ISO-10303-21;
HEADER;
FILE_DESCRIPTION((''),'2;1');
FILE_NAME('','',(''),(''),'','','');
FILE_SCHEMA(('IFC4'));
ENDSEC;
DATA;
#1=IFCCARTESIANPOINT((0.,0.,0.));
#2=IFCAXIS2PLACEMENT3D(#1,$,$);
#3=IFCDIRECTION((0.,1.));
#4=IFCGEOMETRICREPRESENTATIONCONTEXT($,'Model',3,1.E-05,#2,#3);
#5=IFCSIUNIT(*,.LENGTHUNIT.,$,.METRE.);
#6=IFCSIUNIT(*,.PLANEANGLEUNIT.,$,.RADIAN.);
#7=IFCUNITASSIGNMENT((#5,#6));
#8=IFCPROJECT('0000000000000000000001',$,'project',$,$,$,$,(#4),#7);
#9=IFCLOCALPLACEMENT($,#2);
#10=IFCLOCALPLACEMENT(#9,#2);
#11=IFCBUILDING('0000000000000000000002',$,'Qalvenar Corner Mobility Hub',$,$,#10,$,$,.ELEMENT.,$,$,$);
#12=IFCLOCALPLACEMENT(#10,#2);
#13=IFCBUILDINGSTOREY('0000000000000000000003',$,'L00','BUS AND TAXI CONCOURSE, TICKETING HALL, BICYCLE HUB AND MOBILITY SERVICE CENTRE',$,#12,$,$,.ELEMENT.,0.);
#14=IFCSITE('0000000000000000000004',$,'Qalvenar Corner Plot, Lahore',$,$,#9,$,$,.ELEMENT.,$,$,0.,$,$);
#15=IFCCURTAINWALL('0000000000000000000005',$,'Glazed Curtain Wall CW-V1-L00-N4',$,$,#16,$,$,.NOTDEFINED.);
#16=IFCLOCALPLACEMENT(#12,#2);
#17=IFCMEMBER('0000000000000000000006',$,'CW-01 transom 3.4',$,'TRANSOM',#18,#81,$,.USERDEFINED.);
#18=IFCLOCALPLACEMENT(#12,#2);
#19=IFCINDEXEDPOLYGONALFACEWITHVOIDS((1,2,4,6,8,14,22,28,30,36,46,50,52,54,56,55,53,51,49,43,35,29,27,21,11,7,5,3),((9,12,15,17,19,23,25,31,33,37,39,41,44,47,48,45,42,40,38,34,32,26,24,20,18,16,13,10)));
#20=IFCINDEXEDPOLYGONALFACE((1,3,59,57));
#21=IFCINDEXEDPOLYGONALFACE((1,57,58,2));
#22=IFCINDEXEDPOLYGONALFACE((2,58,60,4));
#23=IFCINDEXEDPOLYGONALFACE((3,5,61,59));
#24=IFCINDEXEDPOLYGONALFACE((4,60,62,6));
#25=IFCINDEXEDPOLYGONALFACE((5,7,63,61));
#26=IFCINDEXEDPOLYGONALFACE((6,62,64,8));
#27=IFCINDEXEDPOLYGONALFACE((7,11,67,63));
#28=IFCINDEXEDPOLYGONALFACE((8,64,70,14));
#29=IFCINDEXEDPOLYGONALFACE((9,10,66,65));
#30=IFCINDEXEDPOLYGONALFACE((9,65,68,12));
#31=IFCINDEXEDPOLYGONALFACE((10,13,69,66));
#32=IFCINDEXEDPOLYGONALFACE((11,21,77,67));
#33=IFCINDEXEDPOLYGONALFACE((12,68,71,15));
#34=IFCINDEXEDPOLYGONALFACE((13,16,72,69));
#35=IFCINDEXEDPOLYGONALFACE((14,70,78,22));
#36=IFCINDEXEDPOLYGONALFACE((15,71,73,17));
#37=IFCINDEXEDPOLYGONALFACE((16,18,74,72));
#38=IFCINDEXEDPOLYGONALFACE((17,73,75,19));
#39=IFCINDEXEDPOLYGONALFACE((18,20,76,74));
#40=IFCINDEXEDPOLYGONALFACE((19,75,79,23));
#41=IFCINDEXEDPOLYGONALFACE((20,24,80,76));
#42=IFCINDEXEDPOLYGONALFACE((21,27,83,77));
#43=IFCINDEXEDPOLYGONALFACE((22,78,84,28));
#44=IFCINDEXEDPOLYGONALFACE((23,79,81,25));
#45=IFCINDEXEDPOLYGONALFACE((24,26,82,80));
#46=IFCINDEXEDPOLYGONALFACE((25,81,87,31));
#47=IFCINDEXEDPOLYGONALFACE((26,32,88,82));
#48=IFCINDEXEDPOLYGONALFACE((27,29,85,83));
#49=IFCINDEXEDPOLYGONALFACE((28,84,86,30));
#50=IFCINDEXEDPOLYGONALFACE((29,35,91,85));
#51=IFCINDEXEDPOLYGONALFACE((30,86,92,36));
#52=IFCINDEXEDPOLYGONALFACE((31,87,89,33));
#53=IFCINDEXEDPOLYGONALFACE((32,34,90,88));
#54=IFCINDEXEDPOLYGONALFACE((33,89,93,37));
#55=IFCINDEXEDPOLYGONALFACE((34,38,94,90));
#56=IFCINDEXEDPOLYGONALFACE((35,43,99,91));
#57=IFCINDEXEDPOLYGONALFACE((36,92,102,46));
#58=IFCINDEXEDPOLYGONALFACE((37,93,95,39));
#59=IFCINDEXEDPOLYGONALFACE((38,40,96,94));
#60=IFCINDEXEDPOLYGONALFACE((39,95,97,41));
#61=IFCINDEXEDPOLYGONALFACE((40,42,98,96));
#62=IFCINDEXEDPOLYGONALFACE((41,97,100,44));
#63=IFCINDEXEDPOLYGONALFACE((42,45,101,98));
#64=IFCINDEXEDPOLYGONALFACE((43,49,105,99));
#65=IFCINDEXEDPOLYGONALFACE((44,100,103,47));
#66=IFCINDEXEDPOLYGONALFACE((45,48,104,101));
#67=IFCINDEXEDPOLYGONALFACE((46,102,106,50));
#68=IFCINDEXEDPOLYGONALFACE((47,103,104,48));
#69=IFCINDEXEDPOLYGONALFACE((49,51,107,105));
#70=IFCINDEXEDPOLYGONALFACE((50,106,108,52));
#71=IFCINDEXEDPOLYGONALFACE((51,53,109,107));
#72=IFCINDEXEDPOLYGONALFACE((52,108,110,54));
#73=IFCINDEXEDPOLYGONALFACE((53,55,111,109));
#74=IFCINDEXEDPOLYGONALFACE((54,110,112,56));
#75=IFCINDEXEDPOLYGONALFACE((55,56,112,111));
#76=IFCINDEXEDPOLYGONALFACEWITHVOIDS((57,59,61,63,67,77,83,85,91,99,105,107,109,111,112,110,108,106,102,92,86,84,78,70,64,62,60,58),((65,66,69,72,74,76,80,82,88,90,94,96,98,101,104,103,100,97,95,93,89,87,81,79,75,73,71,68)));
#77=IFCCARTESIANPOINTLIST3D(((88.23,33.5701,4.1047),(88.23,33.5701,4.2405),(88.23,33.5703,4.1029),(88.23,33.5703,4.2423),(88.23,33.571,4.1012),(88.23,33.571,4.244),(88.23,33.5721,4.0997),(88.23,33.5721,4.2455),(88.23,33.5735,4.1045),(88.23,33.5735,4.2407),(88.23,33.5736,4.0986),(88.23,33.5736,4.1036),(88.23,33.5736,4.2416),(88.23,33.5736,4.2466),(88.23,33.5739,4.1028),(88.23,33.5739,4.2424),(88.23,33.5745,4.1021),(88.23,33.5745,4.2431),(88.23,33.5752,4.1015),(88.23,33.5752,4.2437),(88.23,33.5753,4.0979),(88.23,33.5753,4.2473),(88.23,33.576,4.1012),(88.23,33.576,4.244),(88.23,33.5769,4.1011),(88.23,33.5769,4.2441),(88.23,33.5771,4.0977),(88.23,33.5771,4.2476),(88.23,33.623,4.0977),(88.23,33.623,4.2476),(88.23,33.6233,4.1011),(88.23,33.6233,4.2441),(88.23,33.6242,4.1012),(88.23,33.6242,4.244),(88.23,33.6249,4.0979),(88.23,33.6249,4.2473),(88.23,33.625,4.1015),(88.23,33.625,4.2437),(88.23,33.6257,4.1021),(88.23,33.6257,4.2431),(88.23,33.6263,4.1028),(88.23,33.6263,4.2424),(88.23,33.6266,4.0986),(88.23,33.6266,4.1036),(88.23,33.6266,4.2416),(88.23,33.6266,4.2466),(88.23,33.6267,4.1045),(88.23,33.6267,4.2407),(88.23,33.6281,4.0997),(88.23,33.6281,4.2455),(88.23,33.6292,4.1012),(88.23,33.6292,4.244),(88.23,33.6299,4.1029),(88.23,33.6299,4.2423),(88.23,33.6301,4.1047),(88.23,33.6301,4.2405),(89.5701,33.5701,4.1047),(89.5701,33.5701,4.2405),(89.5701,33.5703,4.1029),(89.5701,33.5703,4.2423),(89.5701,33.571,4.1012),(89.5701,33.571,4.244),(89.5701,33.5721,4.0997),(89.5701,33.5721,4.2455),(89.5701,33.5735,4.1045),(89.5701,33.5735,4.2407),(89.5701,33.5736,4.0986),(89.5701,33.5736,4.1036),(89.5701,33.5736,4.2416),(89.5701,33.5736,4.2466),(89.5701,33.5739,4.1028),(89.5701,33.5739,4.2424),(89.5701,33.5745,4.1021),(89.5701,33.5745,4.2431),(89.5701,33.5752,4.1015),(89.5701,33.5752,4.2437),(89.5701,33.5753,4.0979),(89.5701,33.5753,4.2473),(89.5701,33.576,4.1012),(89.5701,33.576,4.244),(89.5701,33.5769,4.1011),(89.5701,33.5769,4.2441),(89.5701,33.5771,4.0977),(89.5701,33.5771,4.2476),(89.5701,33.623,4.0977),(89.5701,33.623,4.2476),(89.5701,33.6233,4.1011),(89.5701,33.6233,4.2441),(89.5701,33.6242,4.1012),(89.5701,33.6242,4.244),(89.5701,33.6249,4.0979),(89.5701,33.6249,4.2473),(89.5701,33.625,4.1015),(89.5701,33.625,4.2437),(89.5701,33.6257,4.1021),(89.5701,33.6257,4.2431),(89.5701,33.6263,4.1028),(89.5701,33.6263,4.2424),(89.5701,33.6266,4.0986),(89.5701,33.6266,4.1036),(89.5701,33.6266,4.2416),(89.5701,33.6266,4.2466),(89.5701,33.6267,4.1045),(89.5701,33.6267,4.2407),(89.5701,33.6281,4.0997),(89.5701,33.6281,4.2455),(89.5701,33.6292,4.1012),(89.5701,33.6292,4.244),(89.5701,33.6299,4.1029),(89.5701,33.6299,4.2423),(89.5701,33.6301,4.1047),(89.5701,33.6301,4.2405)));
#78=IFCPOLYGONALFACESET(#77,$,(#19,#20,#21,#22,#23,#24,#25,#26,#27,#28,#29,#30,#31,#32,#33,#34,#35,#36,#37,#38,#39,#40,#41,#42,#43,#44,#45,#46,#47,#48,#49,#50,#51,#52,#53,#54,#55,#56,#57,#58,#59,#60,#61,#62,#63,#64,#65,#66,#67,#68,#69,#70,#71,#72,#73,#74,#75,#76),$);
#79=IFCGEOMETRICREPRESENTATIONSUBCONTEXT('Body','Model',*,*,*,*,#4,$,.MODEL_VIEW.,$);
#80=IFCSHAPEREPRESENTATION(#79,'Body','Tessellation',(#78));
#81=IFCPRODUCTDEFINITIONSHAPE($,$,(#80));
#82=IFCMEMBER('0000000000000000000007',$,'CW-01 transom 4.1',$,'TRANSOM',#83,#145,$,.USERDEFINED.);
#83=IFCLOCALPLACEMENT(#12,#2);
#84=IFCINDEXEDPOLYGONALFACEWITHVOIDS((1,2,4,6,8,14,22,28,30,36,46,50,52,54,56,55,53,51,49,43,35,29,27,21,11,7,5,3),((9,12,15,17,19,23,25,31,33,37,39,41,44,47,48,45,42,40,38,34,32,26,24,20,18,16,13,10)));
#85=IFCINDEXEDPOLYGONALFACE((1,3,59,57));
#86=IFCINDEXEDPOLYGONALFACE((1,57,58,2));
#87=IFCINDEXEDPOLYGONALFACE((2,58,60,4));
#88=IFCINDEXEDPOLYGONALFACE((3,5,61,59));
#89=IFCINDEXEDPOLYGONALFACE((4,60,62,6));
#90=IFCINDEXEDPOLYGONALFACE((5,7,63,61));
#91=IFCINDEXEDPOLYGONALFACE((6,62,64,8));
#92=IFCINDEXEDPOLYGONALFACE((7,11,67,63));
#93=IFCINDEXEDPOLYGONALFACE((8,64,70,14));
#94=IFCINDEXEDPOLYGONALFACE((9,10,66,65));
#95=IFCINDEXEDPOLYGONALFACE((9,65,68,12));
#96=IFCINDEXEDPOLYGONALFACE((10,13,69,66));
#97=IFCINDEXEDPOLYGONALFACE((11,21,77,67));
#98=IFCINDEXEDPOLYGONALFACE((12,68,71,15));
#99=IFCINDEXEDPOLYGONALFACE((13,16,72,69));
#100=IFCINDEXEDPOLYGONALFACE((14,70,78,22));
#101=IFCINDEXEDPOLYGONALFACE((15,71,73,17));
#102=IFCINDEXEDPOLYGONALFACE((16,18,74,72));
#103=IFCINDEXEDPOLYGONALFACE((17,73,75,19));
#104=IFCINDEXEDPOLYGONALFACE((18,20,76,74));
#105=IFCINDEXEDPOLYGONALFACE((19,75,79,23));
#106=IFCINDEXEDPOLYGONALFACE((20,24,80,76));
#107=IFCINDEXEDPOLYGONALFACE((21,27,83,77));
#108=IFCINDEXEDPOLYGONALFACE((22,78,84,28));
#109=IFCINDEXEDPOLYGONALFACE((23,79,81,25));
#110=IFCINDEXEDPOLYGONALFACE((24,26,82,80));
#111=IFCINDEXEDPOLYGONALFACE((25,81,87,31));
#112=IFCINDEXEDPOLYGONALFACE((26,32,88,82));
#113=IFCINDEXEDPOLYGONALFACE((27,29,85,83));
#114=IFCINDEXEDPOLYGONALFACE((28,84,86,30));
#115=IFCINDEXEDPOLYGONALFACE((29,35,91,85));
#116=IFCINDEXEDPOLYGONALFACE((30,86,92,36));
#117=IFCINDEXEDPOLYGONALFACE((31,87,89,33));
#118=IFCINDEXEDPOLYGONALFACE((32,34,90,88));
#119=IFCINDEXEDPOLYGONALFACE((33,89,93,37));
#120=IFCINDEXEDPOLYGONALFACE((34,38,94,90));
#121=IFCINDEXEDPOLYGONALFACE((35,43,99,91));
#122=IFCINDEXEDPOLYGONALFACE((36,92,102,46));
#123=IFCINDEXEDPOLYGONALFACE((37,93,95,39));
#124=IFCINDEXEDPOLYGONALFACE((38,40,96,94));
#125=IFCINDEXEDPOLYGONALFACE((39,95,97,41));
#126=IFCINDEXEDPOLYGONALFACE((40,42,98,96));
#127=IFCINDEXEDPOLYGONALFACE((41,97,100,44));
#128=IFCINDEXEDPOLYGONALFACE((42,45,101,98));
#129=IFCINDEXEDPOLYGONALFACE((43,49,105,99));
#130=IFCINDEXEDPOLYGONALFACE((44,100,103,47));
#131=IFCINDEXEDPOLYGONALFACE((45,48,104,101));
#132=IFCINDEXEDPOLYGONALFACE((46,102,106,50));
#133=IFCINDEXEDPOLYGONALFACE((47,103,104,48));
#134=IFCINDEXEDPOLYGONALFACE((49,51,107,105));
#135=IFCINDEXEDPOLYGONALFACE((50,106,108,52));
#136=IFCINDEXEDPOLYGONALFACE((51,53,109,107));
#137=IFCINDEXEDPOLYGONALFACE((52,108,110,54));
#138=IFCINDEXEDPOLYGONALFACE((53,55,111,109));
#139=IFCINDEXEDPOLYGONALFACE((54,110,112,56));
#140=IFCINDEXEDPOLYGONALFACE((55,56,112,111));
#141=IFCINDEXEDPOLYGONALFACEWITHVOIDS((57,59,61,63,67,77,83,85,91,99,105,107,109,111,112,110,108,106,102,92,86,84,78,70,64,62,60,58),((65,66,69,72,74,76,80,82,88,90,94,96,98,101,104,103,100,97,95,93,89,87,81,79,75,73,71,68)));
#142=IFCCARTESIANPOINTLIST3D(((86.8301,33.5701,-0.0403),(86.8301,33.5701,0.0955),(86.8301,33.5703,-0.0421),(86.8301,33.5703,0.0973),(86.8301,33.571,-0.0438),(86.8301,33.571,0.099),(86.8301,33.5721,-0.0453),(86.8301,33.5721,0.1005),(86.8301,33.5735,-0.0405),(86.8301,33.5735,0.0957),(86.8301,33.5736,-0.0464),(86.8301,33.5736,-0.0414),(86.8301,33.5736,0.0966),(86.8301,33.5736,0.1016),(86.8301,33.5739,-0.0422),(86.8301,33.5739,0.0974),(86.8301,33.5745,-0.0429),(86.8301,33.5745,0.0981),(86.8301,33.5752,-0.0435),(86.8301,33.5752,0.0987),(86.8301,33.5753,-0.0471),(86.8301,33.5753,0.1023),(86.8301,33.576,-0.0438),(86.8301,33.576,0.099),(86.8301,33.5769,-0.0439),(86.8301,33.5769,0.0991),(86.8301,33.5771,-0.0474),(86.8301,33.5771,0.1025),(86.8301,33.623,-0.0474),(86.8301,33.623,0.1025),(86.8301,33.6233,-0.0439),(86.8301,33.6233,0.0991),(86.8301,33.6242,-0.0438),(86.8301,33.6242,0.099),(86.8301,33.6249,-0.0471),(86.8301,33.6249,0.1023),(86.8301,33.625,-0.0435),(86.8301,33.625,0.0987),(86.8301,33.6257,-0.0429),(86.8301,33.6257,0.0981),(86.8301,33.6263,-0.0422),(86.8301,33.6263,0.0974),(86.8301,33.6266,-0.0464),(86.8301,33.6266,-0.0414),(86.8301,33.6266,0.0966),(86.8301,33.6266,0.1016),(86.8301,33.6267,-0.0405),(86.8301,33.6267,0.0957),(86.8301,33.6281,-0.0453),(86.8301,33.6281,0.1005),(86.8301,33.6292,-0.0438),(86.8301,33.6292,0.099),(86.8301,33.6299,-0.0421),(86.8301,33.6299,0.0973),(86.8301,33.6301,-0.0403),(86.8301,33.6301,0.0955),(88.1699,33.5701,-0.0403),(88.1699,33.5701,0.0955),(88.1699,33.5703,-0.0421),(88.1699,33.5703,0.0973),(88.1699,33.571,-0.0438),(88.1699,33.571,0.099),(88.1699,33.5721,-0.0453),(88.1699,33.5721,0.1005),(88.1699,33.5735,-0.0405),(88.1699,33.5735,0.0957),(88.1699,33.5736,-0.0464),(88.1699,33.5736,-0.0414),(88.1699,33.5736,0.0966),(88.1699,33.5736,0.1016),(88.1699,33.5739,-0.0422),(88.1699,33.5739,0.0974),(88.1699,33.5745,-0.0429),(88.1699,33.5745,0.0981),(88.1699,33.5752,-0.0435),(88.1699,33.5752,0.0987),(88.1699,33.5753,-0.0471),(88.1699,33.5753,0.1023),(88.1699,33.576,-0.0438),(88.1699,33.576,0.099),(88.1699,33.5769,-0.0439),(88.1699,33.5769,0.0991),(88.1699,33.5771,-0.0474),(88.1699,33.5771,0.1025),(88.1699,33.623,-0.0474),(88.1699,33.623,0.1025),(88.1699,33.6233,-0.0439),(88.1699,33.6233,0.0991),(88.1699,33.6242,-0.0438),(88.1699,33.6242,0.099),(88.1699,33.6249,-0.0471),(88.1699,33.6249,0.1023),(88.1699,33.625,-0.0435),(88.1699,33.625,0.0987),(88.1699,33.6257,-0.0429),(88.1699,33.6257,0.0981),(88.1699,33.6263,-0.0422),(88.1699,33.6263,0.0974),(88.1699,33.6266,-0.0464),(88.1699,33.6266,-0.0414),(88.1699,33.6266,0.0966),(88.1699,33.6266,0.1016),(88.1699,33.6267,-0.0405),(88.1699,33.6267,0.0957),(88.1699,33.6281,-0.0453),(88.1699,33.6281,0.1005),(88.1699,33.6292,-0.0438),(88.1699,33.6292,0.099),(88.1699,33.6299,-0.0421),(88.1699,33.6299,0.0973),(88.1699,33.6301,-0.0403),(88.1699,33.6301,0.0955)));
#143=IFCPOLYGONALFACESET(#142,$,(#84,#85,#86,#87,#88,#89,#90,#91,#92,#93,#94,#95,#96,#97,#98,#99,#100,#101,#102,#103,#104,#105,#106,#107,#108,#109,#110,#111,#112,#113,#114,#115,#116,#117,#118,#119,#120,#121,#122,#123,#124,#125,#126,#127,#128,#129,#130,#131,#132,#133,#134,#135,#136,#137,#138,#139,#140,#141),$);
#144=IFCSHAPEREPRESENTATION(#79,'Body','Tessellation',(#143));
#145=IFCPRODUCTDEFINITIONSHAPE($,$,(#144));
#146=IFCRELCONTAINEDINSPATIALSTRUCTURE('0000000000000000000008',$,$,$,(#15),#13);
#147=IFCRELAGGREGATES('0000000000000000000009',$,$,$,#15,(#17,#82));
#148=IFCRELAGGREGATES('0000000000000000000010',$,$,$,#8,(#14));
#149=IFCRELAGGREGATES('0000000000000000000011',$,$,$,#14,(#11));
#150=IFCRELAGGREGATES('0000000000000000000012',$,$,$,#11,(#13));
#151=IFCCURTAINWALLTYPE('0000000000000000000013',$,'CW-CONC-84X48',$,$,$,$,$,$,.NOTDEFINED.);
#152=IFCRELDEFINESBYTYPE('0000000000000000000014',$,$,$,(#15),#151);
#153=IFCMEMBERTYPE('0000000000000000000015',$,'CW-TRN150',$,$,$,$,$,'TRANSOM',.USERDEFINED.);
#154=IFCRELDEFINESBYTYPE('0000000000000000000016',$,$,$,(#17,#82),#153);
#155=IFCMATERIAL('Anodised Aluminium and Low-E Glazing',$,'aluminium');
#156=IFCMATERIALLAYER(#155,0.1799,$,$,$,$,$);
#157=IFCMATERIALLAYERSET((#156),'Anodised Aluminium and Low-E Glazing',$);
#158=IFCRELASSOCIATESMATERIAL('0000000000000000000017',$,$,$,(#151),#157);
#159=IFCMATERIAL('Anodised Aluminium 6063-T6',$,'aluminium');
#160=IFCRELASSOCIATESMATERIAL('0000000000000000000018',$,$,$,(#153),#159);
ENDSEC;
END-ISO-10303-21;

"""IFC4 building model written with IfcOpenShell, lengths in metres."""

from ifc_helpers import new_model, si_unit, direction, frame, origin, origin_2d, place, context, subcontext, project, spatial, hollow_rectangle, extrude, material, layer, layer_set, material_profile, profile_set, type_object, element, aggregate, save


model = new_model("IFC4")

# Units and contexts
model_context = context("Model", 3, precision=1e-05, world=origin(), true_north=direction((0.0, 1.0)))
body_context = subcontext(model_context, "Body", "Model", "MODEL_VIEW")
ifc_project = project(units=[si_unit("LENGTHUNIT", "METRE"), si_unit("PLANEANGLEUNIT", "RADIAN")], contexts=[model_context])

# Site, building, storey
site_placement = place(None, origin())
site = spatial("IfcSite", under=ifc_project, at=site_placement, Name="Qalvenar Corner Plot, Lahore", CompositionType="ELEMENT", RefElevation=0.0)
building_placement = place(site_placement, origin())
building = spatial("IfcBuilding", under=site, at=building_placement, Name="Qalvenar Corner Mobility Hub", CompositionType="ELEMENT")
storey_placement = place(building_placement, origin())
storey = spatial("IfcBuildingStorey", under=building, at=storey_placement, Name="L00", Description="BUS AND TAXI CONCOURSE, TICKETING HALL, BICYCLE HUB AND MOBILITY SERVICE CENTRE", CompositionType="ELEMENT", Elevation=0.0)

# Curtain wall, members
ifc_material_1 = material(Name="Anodised Aluminium and Low-E Glazing", Category="aluminium")
ifc_layer_1 = layer(ifc_material_1, 0.1799)
ifc_layer_set_1 = layer_set([ifc_layer_1], Name="Anodised Aluminium and Low-E Glazing")
curtain_wall_type = type_object("IfcCurtainWallType", Name="CW-CONC-84X48", PredefinedType="NOTDEFINED", material=ifc_layer_set_1)
curtain_wall_placement = place(storey_placement, origin())
curtain_wall = element("IfcCurtainWall", 1, at=curtain_wall_placement, inside=storey, type_object=curtain_wall_type, Name="Glazed Curtain Wall CW-V1-L00-N4", PredefinedType="NOTDEFINED")
ifc_material_2 = material(Name="Anodised Aluminium 6063-T6", Category="aluminium")
ifc_material_profile_1 = material_profile(ifc_material_2, hollow_rectangle(XDim=0.0601, YDim=0.1499, WallThickness=0.0034, InnerFilletRadius=0.0034, OuterFilletRadius=0.0071, at=origin_2d()), Name="RHS150x60x3.5")
ifc_profile_set_1 = profile_set([ifc_material_profile_1], Name="Anodised Aluminium 6063-T6")
member_type_1 = type_object("IfcMemberType", Name="CW-TRN150", ElementType="TRANSOM", PredefinedType="USERDEFINED", material=ifc_profile_set_1)
member_1_placement = place(storey_placement, frame((89.5701, 33.6001, 4.1726), z_axis=(-1.0, 0.0, 0.0), x_axis=(0.0, -1.0, 0.0)))
member_1 = element("IfcMember", 2, at=member_1_placement, type_object=member_type_1, Name="CW-01 transom 3.4", ObjectType="TRANSOM", PredefinedType="USERDEFINED", context=body_context, shape_type="SweptSolid", body=[
    extrude(hollow_rectangle(XDim=0.0601, YDim=0.1499, WallThickness=0.0034, InnerFilletRadius=0.0034, OuterFilletRadius=0.0071, at=origin_2d()), origin(), (0.0, 0.0, 1.0), 1.3401),
])
member_2_placement = place(storey_placement, frame((88.1699, 33.6001, 0.0276), z_axis=(-1.0, 0.0, 0.0), x_axis=(0.0, -1.0, 0.0)))
member_2 = element("IfcMember", 3, at=member_2_placement, type_object=member_type_1, Name="CW-01 transom 4.1", ObjectType="TRANSOM", PredefinedType="USERDEFINED", context=body_context, shape_type="SweptSolid", body=[
    extrude(hollow_rectangle(XDim=0.0601, YDim=0.1499, WallThickness=0.0034, InnerFilletRadius=0.0034, OuterFilletRadius=0.0071, at=origin_2d()), origin(), (0.0, 0.0, 1.0), 1.3398),
])

aggregate(curtain_wall, [member_1, member_2])

save(model, "model.ifc")
